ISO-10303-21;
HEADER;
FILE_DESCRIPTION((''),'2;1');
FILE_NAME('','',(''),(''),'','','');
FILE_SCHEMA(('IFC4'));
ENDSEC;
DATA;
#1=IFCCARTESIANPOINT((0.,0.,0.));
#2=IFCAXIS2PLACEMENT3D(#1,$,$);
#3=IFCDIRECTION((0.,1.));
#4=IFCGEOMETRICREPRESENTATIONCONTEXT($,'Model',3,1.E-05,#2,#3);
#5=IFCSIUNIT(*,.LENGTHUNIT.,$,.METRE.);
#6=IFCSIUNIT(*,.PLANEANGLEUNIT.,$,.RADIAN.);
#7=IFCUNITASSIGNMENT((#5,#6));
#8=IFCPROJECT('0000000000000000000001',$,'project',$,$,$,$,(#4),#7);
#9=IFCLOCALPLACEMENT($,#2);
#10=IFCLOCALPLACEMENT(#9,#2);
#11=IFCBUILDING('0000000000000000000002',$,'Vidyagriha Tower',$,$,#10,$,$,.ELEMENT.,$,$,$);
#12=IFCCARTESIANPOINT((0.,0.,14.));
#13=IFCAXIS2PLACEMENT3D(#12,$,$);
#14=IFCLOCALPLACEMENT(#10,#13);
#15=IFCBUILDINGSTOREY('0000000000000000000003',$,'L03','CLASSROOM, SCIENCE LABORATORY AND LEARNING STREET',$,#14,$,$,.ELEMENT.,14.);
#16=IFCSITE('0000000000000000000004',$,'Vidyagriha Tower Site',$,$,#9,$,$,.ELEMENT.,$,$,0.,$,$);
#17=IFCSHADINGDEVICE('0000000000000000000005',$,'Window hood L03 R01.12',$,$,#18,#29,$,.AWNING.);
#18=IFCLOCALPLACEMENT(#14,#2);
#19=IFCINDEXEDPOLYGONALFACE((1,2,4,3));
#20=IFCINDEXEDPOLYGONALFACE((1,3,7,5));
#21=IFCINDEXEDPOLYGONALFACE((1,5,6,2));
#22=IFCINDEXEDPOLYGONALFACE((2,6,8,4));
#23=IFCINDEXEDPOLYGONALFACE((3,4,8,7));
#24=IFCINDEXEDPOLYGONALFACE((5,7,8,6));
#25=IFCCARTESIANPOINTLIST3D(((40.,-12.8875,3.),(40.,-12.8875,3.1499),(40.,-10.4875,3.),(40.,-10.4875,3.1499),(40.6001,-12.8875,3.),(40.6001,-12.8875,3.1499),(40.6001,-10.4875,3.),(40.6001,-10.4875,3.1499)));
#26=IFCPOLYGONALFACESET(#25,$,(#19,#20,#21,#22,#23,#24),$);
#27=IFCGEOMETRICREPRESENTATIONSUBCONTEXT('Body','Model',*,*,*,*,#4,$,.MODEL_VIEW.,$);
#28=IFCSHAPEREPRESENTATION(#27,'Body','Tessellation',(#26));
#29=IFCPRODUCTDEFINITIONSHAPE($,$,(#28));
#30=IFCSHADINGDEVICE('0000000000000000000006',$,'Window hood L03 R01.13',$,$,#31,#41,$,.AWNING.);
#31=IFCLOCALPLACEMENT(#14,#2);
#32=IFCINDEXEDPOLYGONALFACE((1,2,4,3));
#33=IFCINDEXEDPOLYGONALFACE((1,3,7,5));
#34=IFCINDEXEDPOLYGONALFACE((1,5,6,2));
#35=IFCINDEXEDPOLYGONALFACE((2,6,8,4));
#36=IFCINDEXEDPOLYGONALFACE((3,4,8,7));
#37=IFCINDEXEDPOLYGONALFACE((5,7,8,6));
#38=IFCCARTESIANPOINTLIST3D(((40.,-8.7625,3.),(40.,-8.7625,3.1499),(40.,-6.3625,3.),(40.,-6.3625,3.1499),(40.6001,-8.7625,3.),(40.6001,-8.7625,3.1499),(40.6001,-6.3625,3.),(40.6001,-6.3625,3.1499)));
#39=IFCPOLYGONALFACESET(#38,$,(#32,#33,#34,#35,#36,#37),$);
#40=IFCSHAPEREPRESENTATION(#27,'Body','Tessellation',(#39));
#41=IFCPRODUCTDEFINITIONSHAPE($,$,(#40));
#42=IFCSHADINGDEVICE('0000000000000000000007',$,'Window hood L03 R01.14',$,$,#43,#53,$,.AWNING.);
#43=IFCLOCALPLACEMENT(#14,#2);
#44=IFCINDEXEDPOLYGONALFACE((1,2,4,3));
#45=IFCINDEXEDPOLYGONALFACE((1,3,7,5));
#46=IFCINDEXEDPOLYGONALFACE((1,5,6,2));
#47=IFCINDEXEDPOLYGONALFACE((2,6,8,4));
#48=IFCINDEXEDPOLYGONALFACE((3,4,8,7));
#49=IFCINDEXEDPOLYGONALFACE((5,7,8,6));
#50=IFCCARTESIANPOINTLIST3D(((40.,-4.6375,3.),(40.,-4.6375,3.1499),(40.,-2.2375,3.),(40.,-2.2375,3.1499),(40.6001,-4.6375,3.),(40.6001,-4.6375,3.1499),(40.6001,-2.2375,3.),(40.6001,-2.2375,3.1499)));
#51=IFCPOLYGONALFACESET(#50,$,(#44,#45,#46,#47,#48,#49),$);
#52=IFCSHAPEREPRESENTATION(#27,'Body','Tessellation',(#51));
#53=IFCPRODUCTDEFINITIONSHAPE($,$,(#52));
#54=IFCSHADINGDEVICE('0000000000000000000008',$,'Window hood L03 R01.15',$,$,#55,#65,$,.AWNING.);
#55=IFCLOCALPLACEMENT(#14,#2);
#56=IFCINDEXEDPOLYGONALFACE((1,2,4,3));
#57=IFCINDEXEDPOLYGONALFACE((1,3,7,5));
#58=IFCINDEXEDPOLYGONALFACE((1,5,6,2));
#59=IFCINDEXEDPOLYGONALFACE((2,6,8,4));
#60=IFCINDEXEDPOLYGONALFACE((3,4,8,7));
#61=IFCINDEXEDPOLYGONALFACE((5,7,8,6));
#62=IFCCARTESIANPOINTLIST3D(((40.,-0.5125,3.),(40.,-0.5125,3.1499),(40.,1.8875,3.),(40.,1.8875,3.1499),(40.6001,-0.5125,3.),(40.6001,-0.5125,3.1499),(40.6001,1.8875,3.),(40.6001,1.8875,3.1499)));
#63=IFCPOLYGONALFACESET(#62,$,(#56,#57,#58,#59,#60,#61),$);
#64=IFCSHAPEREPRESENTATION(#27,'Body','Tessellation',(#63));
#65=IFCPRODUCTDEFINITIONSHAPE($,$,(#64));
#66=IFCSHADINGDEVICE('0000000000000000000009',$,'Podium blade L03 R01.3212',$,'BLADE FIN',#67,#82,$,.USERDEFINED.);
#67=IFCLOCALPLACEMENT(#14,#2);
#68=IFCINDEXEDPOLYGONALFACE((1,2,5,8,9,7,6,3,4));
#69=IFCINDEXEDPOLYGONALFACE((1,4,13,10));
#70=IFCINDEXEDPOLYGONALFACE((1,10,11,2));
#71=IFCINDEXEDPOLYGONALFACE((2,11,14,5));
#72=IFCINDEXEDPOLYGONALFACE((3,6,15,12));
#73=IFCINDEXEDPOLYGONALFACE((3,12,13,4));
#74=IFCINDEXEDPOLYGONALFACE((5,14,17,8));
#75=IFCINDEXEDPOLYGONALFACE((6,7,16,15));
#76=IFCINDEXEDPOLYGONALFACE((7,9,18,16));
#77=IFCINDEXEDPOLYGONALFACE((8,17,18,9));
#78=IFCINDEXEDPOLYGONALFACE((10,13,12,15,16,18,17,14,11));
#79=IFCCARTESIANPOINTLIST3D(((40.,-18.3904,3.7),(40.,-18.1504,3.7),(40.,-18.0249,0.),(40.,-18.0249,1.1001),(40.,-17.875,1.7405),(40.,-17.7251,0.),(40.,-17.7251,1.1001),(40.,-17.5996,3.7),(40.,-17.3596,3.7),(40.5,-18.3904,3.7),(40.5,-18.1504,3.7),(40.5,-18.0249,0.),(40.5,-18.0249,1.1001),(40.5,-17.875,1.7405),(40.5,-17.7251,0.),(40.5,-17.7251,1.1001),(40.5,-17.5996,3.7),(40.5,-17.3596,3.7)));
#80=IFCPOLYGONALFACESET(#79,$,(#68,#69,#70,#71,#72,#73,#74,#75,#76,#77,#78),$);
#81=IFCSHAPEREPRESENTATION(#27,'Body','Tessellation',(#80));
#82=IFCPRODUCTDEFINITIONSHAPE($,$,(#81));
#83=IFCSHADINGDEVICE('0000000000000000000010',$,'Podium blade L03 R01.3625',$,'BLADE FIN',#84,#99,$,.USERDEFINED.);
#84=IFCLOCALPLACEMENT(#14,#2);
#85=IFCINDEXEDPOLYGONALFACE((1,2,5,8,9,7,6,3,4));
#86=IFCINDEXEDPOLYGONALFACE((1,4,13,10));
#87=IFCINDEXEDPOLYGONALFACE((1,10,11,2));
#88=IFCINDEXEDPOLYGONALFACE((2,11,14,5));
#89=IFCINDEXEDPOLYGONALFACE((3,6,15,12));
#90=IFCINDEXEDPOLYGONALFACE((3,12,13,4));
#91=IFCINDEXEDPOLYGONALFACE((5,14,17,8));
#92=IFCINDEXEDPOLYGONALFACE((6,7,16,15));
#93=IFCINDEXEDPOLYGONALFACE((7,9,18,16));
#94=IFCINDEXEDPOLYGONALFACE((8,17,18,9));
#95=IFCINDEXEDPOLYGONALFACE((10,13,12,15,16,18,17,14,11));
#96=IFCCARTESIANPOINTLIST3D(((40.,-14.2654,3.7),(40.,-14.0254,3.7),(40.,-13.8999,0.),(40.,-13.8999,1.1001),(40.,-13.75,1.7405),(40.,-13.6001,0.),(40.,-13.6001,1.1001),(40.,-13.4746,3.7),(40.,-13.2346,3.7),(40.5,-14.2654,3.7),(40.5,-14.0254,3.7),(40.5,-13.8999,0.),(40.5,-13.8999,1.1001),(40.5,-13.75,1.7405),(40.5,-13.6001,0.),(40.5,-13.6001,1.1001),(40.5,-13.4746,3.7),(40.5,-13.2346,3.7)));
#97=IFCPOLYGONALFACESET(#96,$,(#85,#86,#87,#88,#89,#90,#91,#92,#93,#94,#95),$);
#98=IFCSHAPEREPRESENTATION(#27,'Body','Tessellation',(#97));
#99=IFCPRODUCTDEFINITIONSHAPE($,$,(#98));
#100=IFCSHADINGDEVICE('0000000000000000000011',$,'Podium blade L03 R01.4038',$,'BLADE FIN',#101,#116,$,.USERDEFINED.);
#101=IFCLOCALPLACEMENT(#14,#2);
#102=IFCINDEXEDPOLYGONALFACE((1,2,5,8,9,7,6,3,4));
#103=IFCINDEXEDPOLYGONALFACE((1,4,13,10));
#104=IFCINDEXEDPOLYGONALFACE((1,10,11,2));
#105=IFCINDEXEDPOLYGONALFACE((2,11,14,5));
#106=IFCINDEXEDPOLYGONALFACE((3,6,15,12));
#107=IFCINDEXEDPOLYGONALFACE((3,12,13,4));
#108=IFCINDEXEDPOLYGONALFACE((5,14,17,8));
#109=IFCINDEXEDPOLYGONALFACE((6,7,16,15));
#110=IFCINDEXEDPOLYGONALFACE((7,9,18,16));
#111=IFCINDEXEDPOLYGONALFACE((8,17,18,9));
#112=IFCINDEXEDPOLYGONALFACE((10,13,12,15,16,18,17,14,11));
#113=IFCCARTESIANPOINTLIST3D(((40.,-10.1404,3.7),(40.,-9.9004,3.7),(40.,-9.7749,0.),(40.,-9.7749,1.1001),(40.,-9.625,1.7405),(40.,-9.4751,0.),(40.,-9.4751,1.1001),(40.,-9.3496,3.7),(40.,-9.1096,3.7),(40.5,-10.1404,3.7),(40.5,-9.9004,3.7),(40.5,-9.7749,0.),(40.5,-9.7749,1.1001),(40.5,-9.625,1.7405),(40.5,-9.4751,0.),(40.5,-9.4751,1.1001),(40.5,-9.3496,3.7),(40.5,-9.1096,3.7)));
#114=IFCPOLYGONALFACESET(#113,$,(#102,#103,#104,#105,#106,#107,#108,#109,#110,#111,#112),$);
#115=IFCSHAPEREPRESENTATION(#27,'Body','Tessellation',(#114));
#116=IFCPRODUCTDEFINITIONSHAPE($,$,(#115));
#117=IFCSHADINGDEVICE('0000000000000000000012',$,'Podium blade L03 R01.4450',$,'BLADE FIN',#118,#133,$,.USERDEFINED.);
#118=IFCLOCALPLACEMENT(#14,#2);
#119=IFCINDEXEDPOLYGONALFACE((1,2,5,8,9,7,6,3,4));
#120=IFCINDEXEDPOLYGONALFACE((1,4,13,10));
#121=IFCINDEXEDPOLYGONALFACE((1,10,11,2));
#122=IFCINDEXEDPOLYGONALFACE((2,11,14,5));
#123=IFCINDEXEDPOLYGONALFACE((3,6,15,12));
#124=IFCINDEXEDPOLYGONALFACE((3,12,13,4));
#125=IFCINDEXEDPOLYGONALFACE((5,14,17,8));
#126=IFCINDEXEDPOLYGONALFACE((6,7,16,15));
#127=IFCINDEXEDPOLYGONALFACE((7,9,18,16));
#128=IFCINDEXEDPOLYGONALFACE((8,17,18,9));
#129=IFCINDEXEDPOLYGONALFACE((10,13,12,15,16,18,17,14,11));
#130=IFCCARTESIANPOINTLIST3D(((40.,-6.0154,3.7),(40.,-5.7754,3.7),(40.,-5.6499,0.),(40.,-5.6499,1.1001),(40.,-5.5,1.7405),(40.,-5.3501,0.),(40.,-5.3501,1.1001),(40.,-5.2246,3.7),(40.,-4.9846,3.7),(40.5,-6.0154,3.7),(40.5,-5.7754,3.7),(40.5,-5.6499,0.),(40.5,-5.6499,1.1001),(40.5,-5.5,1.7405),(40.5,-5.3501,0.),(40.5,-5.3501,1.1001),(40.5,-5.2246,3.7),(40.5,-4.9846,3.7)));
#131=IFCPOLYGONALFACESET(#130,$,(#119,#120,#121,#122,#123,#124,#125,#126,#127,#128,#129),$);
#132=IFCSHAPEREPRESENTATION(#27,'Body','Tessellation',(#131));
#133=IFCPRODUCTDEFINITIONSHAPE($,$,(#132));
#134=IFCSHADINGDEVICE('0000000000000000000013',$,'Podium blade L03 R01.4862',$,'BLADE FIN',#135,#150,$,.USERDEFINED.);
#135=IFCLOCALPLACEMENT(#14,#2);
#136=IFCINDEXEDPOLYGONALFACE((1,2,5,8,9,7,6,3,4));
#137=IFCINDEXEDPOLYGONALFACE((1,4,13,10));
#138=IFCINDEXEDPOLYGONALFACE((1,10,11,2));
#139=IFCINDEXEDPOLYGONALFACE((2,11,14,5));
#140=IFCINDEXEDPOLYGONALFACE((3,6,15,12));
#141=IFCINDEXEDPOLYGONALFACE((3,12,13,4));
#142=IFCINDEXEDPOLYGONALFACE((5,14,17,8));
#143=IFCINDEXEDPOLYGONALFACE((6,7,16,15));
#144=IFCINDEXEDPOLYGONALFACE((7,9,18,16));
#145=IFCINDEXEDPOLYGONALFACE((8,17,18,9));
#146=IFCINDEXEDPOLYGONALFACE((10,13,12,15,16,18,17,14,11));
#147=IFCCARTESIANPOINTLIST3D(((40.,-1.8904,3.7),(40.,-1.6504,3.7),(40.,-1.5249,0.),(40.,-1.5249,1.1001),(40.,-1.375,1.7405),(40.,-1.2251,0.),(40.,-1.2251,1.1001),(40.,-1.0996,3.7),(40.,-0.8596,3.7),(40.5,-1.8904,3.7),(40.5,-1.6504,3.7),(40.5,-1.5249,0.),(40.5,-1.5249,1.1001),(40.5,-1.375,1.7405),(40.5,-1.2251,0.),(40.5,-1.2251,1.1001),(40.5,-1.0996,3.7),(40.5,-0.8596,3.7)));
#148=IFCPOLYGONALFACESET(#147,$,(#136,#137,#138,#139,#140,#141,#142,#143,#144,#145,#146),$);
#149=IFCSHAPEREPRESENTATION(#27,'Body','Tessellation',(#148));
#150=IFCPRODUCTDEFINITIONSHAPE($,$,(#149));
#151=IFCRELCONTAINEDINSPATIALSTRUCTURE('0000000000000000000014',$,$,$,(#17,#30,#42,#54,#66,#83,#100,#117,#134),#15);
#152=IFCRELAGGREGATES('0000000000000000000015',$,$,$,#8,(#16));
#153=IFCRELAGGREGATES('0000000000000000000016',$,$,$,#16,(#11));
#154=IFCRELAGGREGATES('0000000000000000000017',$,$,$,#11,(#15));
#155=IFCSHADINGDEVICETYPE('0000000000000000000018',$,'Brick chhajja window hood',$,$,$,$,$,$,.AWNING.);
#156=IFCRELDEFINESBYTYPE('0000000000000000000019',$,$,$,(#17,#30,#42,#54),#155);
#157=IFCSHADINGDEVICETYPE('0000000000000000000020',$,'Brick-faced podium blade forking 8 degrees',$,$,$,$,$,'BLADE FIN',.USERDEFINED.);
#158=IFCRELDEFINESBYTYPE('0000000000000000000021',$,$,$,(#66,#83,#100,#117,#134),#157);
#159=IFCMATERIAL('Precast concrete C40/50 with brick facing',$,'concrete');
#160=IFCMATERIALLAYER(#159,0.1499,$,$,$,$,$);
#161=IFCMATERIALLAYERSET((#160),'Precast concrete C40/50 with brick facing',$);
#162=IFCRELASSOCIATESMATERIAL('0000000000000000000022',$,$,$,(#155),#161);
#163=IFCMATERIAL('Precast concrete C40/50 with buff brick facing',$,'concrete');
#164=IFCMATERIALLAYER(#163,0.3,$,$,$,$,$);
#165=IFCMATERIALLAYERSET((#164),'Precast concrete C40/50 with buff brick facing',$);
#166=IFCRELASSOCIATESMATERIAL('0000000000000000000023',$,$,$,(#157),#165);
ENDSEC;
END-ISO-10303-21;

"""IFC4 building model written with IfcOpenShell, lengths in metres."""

from ifc_helpers import new_model, si_unit, direction, frame, origin, origin_2d, place, context, subcontext, project, spatial, polyline, rectangle, outline, extrude, material, layer, layer_set, type_object, element, save


model = new_model("IFC4")

# Units and contexts
model_context = context("Model", 3, precision=1e-05, world=origin(), true_north=direction((0.0, 1.0)))
body_context = subcontext(model_context, "Body", "Model", "MODEL_VIEW")
ifc_project = project(units=[si_unit("LENGTHUNIT", "METRE"), si_unit("PLANEANGLEUNIT", "RADIAN")], contexts=[model_context])

# Site, building, storey
site_placement = place(None, origin())
site = spatial("IfcSite", under=ifc_project, at=site_placement, Name="Vidyagriha Tower Site", CompositionType="ELEMENT", RefElevation=0.0)
building_placement = place(site_placement, origin())
building = spatial("IfcBuilding", under=site, at=building_placement, Name="Vidyagriha Tower", CompositionType="ELEMENT")
storey_placement = place(building_placement, frame((0.0, 0.0, 14.0)))
storey = spatial("IfcBuildingStorey", under=building, at=storey_placement, Name="L03", Description="CLASSROOM, SCIENCE LABORATORY AND LEARNING STREET", CompositionType="ELEMENT", Elevation=14.0)

# Shading devices
ifc_material_1 = material(Name="Precast concrete C40/50 with brick facing", Category="concrete")
ifc_layer_1 = layer(ifc_material_1, 0.1499)
ifc_layer_set_1 = layer_set([ifc_layer_1], Name="Precast concrete C40/50 with brick facing")
shading_device_type_1 = type_object("IfcShadingDeviceType", Name="Brick chhajja window hood", PredefinedType="AWNING", material=ifc_layer_set_1)
for number, where, z_axis, x_axis, name in (
    (1, (40.3, -11.6875, 3.0), (0.0, 0.0, 1.0), (0.0, 1.0, 0.0), "Window hood L03 R01.12"),
    (2, (40.3, -7.5625, 3.0), (0.0, 0.0, 1.0), (0.0, 1.0, 0.0), "Window hood L03 R01.13"),
    (3, (40.3, -3.4375, 3.0), (0.0, 0.0, 1.0), (0.0, 1.0, 0.0), "Window hood L03 R01.14"),
    (4, (40.3, 0.6875, 3.0), (0.0, 0.0, 1.0), (0.0, 1.0, 0.0), "Window hood L03 R01.15"),
):
    element("IfcShadingDevice", number, at=place(storey_placement, frame(where, z_axis=z_axis, x_axis=x_axis)), inside=storey, type_object=shading_device_type_1, Name=name, PredefinedType="AWNING", context=body_context, shape_type="SweptSolid", body=[
        extrude(rectangle(XDim=2.3999, YDim=0.6001, at=origin_2d()), origin(), (0.0, 0.0, 1.0), 0.1499),
    ])
ifc_material_2 = material(Name="Precast concrete C40/50 with buff brick facing", Category="concrete")
ifc_layer_2 = layer(ifc_material_2, 0.3)
ifc_layer_set_2 = layer_set([ifc_layer_2], Name="Precast concrete C40/50 with buff brick facing")
shading_device_type_2 = type_object("IfcShadingDeviceType", Name="Brick-faced podium blade forking 8 degrees", ElementType="BLADE FIN", PredefinedType="USERDEFINED", material=ifc_layer_set_2)
for number, where, z_axis, x_axis, name in (
    (5, (40.25, -18.3904, 0.0), (0.0, 0.0, 1.0), (0.0, 1.0, 0.0), "Podium blade L03 R01.3212"),
    (6, (40.25, -14.2654, 0.0), (0.0, 0.0, 1.0), (0.0, 1.0, 0.0), "Podium blade L03 R01.3625"),
    (7, (40.25, -10.1404, 0.0), (0.0, 0.0, 1.0), (0.0, 1.0, 0.0), "Podium blade L03 R01.4038"),
    (8, (40.25, -6.0154, 0.0), (0.0, 0.0, 1.0), (0.0, 1.0, 0.0), "Podium blade L03 R01.4450"),
    (9, (40.25, -1.8904, 0.0), (0.0, 0.0, 1.0), (0.0, 1.0, 0.0), "Podium blade L03 R01.4862"),
):
    element("IfcShadingDevice", number, at=place(storey_placement, frame(where, z_axis=z_axis, x_axis=x_axis)), inside=storey, type_object=shading_device_type_2, Name=name, ObjectType="BLADE FIN", PredefinedType="USERDEFINED", context=body_context, shape_type="SweptSolid", body=[
        extrude(outline(polyline([(0.6653, 0.0), (0.6653, 1.1001), (1.0308, 3.7), (0.7908, 3.7), (0.5154, 1.7405), (0.24, 3.7), (0.0, 3.7), (0.3655, 1.1001), (0.3655, 0.0), (0.6653, 0.0)])), frame((0.0, 0.25, 0.0), z_axis=(0.0, -1.0, 0.0), x_axis=(1.0, 0.0, 0.0)), (0.0, 0.0, 1.0), 0.5),
    ])

save(model, "model.ifc")
